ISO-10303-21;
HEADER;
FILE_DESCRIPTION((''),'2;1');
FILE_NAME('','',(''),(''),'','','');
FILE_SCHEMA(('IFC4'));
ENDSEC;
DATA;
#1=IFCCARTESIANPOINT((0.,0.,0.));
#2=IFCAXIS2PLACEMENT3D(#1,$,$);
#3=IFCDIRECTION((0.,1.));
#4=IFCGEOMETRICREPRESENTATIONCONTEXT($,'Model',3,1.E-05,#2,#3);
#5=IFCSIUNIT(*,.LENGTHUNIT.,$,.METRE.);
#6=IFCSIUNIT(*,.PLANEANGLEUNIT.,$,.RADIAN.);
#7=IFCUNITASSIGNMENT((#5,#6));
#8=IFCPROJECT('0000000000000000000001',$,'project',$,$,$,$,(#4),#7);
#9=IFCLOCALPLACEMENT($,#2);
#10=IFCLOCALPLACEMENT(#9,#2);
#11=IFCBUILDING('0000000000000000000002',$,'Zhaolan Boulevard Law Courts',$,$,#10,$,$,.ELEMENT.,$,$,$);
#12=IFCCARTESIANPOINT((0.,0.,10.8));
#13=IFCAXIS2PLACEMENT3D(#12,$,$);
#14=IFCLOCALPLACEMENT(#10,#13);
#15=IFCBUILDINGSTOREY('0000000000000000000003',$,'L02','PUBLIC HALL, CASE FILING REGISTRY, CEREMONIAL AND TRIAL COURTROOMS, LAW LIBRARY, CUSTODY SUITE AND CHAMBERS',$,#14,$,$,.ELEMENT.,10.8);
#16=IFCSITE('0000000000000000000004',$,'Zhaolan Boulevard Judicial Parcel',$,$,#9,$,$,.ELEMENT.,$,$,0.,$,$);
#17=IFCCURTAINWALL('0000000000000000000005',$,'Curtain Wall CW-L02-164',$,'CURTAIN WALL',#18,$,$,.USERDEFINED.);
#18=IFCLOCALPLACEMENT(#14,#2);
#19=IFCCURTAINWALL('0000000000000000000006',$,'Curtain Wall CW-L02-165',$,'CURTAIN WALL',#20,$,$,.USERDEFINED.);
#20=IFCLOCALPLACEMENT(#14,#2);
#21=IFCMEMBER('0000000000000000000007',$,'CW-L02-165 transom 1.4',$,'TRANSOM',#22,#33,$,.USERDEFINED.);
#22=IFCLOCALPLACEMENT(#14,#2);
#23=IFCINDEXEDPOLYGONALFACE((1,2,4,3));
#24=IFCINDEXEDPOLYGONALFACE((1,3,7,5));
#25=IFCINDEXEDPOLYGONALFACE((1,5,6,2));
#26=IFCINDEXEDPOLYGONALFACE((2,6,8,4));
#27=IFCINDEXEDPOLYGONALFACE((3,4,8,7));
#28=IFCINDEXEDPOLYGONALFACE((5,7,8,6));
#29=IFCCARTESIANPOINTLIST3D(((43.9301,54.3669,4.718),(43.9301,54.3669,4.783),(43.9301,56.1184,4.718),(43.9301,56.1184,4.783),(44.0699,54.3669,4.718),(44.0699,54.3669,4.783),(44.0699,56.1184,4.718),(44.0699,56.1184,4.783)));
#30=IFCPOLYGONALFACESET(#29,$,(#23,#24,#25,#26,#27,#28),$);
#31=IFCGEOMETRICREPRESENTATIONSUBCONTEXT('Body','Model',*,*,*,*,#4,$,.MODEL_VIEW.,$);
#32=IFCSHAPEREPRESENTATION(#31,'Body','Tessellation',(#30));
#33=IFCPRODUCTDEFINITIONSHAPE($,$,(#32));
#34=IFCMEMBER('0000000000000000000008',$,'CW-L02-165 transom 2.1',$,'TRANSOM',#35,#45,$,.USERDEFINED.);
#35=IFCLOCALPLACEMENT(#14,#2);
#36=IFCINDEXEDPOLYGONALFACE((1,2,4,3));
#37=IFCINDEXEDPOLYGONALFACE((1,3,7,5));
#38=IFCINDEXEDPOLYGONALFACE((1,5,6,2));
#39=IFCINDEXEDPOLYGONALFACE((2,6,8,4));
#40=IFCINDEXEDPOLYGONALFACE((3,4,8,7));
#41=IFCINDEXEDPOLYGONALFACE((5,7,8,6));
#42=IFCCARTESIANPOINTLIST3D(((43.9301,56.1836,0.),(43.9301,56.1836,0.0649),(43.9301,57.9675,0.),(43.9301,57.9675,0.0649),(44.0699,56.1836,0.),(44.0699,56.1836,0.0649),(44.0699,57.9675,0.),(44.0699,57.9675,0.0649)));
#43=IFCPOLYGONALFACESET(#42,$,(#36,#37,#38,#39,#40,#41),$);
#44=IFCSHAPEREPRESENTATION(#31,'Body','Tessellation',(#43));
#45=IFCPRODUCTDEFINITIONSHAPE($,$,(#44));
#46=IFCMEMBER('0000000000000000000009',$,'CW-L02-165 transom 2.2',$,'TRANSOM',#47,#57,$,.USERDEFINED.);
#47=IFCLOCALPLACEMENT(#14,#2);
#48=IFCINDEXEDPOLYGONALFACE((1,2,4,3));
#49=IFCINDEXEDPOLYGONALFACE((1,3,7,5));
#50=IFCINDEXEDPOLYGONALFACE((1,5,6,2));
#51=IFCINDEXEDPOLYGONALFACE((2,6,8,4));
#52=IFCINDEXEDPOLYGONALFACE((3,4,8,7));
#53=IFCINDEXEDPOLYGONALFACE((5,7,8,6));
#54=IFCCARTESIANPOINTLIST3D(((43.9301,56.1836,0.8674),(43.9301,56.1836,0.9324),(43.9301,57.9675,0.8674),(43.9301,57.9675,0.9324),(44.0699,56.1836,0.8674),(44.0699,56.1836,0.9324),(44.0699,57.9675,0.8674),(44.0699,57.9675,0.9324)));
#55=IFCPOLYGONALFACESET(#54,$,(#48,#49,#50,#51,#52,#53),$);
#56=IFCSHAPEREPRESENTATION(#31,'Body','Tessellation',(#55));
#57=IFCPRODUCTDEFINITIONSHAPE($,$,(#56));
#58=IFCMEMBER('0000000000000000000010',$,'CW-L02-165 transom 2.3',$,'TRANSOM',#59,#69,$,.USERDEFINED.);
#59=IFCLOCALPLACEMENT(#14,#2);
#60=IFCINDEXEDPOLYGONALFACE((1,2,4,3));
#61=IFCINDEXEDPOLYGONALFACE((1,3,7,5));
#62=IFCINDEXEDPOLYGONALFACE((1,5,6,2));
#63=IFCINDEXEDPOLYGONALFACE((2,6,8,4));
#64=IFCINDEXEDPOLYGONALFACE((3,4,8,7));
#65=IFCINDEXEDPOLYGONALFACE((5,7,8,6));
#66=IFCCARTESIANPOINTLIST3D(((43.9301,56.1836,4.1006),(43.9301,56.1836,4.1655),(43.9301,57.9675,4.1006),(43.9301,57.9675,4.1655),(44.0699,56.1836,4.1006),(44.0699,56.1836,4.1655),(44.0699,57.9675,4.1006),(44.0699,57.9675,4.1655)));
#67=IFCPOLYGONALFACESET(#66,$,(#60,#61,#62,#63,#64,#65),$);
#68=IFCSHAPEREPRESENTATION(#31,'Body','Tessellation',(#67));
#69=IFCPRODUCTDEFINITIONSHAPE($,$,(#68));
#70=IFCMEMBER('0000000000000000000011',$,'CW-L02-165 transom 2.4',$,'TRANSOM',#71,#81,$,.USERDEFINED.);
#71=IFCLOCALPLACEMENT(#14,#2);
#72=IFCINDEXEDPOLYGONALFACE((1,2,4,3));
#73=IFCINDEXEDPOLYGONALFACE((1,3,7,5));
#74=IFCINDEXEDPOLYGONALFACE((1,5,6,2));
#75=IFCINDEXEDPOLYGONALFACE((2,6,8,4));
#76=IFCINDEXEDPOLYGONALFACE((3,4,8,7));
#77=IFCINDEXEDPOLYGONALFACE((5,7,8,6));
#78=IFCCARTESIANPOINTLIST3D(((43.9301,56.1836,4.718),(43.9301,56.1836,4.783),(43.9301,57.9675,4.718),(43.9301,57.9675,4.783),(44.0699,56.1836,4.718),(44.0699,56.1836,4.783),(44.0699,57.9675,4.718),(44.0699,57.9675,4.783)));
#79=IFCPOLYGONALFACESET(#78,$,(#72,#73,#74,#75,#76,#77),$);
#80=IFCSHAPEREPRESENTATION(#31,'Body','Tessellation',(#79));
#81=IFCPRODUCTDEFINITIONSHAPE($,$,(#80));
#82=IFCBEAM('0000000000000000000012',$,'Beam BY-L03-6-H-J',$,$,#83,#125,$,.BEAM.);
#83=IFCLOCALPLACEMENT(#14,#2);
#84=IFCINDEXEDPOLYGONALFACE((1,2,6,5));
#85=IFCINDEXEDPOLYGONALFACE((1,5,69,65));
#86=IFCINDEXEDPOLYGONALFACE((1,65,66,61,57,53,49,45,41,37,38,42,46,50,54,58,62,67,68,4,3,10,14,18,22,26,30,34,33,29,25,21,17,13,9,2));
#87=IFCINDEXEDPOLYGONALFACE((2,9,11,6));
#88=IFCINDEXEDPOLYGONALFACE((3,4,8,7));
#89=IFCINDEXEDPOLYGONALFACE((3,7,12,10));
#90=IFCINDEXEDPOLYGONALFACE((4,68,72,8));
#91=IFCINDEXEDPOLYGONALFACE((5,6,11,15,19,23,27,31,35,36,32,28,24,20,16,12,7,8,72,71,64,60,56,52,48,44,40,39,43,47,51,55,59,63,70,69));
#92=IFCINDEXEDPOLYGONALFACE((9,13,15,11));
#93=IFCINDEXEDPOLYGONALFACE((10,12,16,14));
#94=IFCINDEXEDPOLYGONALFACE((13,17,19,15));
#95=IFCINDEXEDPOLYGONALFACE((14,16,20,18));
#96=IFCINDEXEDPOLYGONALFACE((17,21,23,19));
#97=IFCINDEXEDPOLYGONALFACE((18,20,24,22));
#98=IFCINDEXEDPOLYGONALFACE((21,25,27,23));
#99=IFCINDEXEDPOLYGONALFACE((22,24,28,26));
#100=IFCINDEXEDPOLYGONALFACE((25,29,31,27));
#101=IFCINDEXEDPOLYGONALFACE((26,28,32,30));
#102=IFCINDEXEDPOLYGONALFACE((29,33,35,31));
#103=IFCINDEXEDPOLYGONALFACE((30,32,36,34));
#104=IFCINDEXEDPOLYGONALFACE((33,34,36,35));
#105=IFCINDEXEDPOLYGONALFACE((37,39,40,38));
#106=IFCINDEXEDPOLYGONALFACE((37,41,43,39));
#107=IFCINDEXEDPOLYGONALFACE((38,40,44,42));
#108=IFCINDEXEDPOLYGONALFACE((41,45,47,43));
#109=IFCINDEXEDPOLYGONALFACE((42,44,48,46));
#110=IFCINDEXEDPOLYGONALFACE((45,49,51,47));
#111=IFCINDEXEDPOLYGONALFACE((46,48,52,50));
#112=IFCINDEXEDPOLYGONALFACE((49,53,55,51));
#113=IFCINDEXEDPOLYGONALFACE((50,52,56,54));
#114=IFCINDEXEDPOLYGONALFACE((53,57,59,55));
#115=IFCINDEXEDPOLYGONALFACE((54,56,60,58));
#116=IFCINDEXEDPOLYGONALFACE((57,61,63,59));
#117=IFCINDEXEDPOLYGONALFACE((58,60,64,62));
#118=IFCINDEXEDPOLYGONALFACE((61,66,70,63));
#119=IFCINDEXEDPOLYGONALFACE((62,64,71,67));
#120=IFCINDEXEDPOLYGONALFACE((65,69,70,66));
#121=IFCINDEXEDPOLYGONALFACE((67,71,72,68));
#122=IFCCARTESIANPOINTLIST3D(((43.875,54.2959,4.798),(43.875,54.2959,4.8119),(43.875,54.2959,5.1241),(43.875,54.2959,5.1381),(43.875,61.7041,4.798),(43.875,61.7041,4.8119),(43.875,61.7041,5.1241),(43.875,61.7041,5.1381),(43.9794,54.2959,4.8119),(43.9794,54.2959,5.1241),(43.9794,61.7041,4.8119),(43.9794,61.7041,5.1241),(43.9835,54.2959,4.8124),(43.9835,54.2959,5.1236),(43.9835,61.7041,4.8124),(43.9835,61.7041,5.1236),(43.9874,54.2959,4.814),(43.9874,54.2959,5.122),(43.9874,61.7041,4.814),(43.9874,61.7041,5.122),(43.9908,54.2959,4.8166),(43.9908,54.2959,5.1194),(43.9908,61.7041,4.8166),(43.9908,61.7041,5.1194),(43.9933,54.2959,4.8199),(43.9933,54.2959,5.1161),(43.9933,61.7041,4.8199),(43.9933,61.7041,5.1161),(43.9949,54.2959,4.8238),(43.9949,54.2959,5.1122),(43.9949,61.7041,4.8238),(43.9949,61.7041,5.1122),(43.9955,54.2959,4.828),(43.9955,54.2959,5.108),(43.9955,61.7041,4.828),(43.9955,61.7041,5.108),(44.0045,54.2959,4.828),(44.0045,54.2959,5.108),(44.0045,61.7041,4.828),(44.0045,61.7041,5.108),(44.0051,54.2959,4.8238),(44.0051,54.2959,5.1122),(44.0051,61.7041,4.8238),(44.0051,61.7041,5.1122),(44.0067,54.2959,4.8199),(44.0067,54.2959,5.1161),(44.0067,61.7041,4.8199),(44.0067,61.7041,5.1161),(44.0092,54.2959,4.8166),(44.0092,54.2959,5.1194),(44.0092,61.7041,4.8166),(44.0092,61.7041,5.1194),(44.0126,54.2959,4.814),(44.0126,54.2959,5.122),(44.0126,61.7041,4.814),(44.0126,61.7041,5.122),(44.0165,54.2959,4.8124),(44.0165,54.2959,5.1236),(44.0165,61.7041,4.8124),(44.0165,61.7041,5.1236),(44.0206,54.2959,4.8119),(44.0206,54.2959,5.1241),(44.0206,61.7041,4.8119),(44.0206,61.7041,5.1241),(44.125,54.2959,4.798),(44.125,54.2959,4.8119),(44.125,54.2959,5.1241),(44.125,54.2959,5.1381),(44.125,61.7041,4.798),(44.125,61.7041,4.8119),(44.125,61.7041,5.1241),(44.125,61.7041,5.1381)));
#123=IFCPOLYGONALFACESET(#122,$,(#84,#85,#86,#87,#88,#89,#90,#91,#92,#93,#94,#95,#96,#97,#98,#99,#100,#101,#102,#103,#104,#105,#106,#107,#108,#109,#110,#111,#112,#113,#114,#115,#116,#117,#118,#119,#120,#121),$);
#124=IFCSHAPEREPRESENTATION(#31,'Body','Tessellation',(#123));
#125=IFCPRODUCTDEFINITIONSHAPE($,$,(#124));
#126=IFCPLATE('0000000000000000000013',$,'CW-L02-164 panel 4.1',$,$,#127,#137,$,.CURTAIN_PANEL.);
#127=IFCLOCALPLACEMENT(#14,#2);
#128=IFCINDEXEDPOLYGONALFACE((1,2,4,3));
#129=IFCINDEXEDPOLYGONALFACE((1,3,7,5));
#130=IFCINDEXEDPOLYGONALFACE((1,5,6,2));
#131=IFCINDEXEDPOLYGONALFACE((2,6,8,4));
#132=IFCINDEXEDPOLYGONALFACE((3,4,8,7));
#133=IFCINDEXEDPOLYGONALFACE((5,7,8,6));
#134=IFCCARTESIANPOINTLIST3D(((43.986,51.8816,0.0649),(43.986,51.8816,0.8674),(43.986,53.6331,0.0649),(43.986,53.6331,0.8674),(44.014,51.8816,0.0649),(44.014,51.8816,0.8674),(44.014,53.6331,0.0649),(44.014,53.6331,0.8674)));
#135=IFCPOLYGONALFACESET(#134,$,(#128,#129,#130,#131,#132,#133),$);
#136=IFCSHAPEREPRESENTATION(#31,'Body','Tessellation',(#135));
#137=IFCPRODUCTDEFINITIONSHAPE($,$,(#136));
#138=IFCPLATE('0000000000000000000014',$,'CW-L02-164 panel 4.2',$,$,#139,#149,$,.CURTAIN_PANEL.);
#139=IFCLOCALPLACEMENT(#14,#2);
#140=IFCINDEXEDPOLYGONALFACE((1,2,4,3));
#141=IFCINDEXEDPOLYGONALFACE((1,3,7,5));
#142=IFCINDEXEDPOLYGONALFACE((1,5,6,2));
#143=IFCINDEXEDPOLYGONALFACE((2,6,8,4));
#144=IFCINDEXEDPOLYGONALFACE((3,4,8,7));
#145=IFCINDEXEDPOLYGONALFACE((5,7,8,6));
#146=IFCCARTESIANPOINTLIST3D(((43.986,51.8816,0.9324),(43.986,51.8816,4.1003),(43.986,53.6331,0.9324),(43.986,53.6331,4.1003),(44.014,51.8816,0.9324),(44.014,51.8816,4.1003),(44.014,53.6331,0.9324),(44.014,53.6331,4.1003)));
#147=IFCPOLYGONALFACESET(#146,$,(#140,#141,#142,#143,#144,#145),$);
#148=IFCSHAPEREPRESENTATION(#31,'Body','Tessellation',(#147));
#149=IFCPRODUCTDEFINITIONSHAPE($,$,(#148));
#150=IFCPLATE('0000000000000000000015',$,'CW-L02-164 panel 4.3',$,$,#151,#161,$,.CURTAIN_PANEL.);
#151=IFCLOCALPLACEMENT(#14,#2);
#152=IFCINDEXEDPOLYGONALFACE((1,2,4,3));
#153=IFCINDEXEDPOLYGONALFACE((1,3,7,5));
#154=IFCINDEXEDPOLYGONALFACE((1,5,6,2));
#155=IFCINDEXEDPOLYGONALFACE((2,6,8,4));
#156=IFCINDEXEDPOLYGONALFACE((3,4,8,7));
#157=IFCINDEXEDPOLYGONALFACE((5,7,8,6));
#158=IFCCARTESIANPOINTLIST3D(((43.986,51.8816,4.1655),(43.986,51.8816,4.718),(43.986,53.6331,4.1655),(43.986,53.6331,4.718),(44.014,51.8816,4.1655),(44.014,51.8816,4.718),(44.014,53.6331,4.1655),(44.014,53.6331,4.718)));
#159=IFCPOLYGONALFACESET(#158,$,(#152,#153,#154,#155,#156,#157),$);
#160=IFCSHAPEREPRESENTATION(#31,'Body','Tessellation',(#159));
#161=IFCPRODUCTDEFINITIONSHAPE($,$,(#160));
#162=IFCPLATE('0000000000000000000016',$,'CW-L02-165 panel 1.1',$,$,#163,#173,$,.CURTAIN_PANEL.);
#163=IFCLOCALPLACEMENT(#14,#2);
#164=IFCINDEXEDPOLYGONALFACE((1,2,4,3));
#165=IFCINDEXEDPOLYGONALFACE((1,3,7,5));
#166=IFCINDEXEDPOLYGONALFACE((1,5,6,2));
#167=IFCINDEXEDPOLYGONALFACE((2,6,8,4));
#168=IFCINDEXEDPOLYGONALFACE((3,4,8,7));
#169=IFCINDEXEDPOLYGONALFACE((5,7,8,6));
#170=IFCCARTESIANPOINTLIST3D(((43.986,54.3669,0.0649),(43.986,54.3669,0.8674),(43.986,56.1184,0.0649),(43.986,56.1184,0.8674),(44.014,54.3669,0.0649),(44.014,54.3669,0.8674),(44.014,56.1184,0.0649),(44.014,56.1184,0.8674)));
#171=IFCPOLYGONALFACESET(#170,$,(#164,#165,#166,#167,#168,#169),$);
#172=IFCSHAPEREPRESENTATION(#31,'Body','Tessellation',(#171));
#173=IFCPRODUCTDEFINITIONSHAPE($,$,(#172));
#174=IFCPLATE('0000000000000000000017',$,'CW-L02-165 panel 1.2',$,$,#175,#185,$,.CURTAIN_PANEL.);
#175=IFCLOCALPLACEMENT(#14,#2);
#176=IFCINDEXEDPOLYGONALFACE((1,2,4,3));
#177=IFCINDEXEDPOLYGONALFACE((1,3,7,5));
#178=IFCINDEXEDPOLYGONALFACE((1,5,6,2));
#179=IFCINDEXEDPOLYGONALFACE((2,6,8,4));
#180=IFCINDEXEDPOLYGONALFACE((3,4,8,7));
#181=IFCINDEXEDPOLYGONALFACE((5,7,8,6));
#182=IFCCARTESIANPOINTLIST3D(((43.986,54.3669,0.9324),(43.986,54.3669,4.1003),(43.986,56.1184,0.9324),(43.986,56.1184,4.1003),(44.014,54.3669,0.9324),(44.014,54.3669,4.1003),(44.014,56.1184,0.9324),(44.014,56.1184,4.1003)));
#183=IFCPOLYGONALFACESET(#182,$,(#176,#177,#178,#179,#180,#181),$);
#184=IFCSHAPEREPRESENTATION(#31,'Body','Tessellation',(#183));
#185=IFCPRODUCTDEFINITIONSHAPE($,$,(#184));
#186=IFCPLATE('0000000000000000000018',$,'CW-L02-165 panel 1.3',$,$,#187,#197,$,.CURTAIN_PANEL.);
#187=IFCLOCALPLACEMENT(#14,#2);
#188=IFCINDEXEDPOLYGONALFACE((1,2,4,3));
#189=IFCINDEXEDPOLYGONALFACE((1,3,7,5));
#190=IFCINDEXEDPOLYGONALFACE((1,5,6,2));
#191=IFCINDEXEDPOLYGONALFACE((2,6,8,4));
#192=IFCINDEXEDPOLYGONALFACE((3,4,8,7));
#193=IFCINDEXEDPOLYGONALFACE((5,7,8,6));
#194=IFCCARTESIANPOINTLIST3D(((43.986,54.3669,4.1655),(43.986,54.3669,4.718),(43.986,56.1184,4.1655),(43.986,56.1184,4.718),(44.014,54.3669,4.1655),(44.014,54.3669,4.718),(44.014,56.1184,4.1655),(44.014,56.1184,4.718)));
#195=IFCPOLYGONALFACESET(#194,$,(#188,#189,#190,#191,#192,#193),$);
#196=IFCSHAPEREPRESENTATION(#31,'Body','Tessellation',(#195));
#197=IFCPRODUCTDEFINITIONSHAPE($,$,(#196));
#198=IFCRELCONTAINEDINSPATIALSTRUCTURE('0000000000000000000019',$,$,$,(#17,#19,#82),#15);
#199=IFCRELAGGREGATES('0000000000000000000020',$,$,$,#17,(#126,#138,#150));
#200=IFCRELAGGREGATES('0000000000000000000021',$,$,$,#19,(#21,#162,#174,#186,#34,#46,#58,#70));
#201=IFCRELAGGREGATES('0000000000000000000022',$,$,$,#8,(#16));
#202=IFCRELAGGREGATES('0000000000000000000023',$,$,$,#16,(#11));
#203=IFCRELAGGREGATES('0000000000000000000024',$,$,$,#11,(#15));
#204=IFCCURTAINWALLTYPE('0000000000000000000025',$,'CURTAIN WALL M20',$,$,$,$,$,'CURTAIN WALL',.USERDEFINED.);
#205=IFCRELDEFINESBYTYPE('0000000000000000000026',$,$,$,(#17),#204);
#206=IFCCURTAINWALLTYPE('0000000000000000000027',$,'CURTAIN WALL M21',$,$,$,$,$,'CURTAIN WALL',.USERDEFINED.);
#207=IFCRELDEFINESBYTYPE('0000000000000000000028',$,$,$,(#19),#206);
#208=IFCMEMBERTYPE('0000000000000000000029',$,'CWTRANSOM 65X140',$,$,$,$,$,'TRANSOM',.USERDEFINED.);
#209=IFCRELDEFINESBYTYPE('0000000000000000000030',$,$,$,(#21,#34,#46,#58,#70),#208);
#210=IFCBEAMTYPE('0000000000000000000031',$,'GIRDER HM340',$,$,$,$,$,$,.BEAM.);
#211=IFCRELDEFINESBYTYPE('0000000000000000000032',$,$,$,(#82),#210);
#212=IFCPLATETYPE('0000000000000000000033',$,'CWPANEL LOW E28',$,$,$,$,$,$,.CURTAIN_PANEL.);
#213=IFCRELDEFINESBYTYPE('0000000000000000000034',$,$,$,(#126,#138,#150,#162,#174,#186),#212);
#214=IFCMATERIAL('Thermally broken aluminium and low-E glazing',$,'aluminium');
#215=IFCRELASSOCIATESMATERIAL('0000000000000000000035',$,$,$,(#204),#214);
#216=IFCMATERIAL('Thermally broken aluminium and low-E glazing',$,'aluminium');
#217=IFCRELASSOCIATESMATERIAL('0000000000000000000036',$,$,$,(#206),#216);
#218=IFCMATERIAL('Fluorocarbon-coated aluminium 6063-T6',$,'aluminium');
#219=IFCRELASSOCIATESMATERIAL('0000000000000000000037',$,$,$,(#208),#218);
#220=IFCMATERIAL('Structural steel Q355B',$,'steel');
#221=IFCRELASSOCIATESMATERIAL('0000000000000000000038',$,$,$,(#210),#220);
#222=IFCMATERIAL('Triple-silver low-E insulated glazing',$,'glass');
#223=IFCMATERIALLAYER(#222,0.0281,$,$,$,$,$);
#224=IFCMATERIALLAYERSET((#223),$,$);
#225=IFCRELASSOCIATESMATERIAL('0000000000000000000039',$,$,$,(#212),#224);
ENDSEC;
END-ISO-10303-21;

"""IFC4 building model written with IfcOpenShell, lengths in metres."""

from ifc_helpers import new_model, si_unit, direction, frame, origin, origin_2d, place, context, subcontext, project, spatial, rectangle, i_section, extrude, material, layer, layer_set, material_profile, profile_set, type_object, element, aggregate, save


model = new_model("IFC4")

# Units and contexts
model_context = context("Model", 3, precision=1e-05, world=origin(), true_north=direction((0.0, 1.0)))
body_context = subcontext(model_context, "Body", "Model", "MODEL_VIEW")
ifc_project = project(units=[si_unit("LENGTHUNIT", "METRE"), si_unit("PLANEANGLEUNIT", "RADIAN")], contexts=[model_context])

# Site, building, storey
site_placement = place(None, origin())
site = spatial("IfcSite", under=ifc_project, at=site_placement, Name="Zhaolan Boulevard Judicial Parcel", CompositionType="ELEMENT", RefElevation=0.0)
building_placement = place(site_placement, origin())
building = spatial("IfcBuilding", under=site, at=building_placement, Name="Zhaolan Boulevard Law Courts", CompositionType="ELEMENT")
storey_placement = place(building_placement, frame((0.0, 0.0, 10.8)))
storey = spatial("IfcBuildingStorey", under=building, at=storey_placement, Name="L02", Description="PUBLIC HALL, CASE FILING REGISTRY, CEREMONIAL AND TRIAL COURTROOMS, LAW LIBRARY, CUSTODY SUITE AND CHAMBERS", CompositionType="ELEMENT", Elevation=10.8)

# Curtain wall
ifc_material_1 = material(Name="Thermally broken aluminium and low-E glazing", Category="aluminium")
curtain_wall_type_1 = type_object("IfcCurtainWallType", Name="CURTAIN WALL M20", ElementType="CURTAIN WALL", PredefinedType="USERDEFINED", material=ifc_material_1)
curtain_wall_1_placement = place(storey_placement, origin())
curtain_wall_1 = element("IfcCurtainWall", 1, at=curtain_wall_1_placement, inside=storey, type_object=curtain_wall_type_1, Name="Curtain Wall CW-L02-164", ObjectType="CURTAIN WALL", PredefinedType="USERDEFINED")

# Curtain wall
ifc_material_2 = material(Name="Thermally broken aluminium and low-E glazing", Category="aluminium")
curtain_wall_type_2 = type_object("IfcCurtainWallType", Name="CURTAIN WALL M21", ElementType="CURTAIN WALL", PredefinedType="USERDEFINED", material=ifc_material_2)
curtain_wall_2_placement = place(storey_placement, origin())
curtain_wall_2 = element("IfcCurtainWall", 2, at=curtain_wall_2_placement, inside=storey, type_object=curtain_wall_type_2, Name="Curtain Wall CW-L02-165", ObjectType="CURTAIN WALL", PredefinedType="USERDEFINED")

# Members
ifc_material_3 = material(Name="Fluorocarbon-coated aluminium 6063-T6", Category="aluminium")
ifc_material_profile_1 = material_profile(ifc_material_3, rectangle(XDim=0.1399, YDim=0.0649, at=origin_2d()), Name="AL65x140")
ifc_profile_set_1 = profile_set([ifc_material_profile_1], Name="Fluorocarbon-coated aluminium 6063-T6")
member_type_1 = type_object("IfcMemberType", Name="CWTRANSOM 65X140", ElementType="TRANSOM", PredefinedType="USERDEFINED", material=ifc_profile_set_1)
member_1_placement = place(storey_placement, frame((44.0, 54.3669, 4.7505), z_axis=(0.0, 1.0, 0.0), x_axis=(-1.0, 0.0, 0.0)))
member_1 = element("IfcMember", 3, at=member_1_placement, type_object=member_type_1, Name="CW-L02-165 transom 1.4", ObjectType="TRANSOM", PredefinedType="USERDEFINED", context=body_context, shape_type="SweptSolid", body=[
    extrude(rectangle(XDim=0.1399, YDim=0.0649, at=origin_2d()), origin(), (0.0, 0.0, 1.0), 1.7515),
])
member_2_placement = place(storey_placement, frame((44.0, 56.1836, 0.0325), z_axis=(0.0, 1.0, 0.0), x_axis=(-1.0, 0.0, 0.0)))
member_2 = element("IfcMember", 4, at=member_2_placement, type_object=member_type_1, Name="CW-L02-165 transom 2.1", ObjectType="TRANSOM", PredefinedType="USERDEFINED", context=body_context, shape_type="SweptSolid", body=[
    extrude(rectangle(XDim=0.1399, YDim=0.0649, at=origin_2d()), origin(), (0.0, 0.0, 1.0), 1.7839),
])
member_3_placement = place(storey_placement, frame((44.0, 56.1836, 0.8999), z_axis=(0.0, 1.0, 0.0), x_axis=(-1.0, 0.0, 0.0)))
member_3 = element("IfcMember", 5, at=member_3_placement, type_object=member_type_1, Name="CW-L02-165 transom 2.2", ObjectType="TRANSOM", PredefinedType="USERDEFINED", context=body_context, shape_type="SweptSolid", body=[
    extrude(rectangle(XDim=0.1399, YDim=0.0649, at=origin_2d()), origin(), (0.0, 0.0, 1.0), 1.7839),
])
member_4_placement = place(storey_placement, frame((44.0, 56.1836, 4.1331), z_axis=(0.0, 1.0, 0.0), x_axis=(-1.0, 0.0, 0.0)))
member_4 = element("IfcMember", 6, at=member_4_placement, type_object=member_type_1, Name="CW-L02-165 transom 2.3", ObjectType="TRANSOM", PredefinedType="USERDEFINED", context=body_context, shape_type="SweptSolid", body=[
    extrude(rectangle(XDim=0.1399, YDim=0.0649, at=origin_2d()), origin(), (0.0, 0.0, 1.0), 1.7839),
])
member_5_placement = place(storey_placement, frame((44.0, 56.1836, 4.7505), z_axis=(0.0, 1.0, 0.0), x_axis=(-1.0, 0.0, 0.0)))
member_5 = element("IfcMember", 7, at=member_5_placement, type_object=member_type_1, Name="CW-L02-165 transom 2.4", ObjectType="TRANSOM", PredefinedType="USERDEFINED", context=body_context, shape_type="SweptSolid", body=[
    extrude(rectangle(XDim=0.1399, YDim=0.0649, at=origin_2d()), origin(), (0.0, 0.0, 1.0), 1.7839),
])

# Beam
ifc_material_4 = material(Name="Structural steel Q355B", Category="steel")
ifc_material_profile_2 = material_profile(ifc_material_4, i_section(OverallWidth=0.25, OverallDepth=0.3401, WebThickness=0.009, FlangeThickness=0.0139, FilletRadius=0.0161, at=origin_2d()), Name="HM340x250")
ifc_profile_set_2 = profile_set([ifc_material_profile_2], Name="Structural steel Q355B")
beam_type = type_object("IfcBeamType", Name="GIRDER HM340", PredefinedType="BEAM", material=ifc_profile_set_2)
beam_placement = place(storey_placement, frame((44.0, 54.2959, 4.968), z_axis=(0.0, 1.0, 0.0), x_axis=(-1.0, 0.0, 0.0)))
element("IfcBeam", 8, at=beam_placement, inside=storey, type_object=beam_type, Name="Beam BY-L03-6-H-J", PredefinedType="BEAM", context=body_context, shape_type="SweptSolid", body=[
    extrude(i_section(OverallWidth=0.25, OverallDepth=0.3401, WebThickness=0.009, FlangeThickness=0.0139, FilletRadius=0.0161, at=origin_2d()), origin(), (0.0, 0.0, 1.0), 7.4082),
])

# Plates
ifc_material_5 = material(Name="Triple-silver low-E insulated glazing", Category="glass")
ifc_layer_1 = layer(ifc_material_5, 0.0281)
ifc_layer_set_1 = layer_set([ifc_layer_1])
plate_type_1 = type_object("IfcPlateType", Name="CWPANEL LOW E28", PredefinedType="CURTAIN_PANEL", material=ifc_layer_set_1)
plate_1_placement = place(storey_placement, frame((44.0, 52.7573, 0.0649), z_axis=(0.0, 0.0, 1.0), x_axis=(0.0, 1.0, 0.0)))
plate_1 = element("IfcPlate", 9, at=plate_1_placement, type_object=plate_type_1, Name="CW-L02-164 panel 4.1", PredefinedType="CURTAIN_PANEL", context=body_context, shape_type="SweptSolid", body=[
    extrude(rectangle(XDim=1.7515, YDim=0.0281, at=origin_2d()), origin(), (0.0, 0.0, 1.0), 0.8025),
])
plate_2_placement = place(storey_placement, frame((44.0, 52.7573, 0.9324), z_axis=(0.0, 0.0, 1.0), x_axis=(0.0, 1.0, 0.0)))
plate_2 = element("IfcPlate", 10, at=plate_2_placement, type_object=plate_type_1, Name="CW-L02-164 panel 4.2", PredefinedType="CURTAIN_PANEL", context=body_context, shape_type="SweptSolid", body=[
    extrude(rectangle(XDim=1.7515, YDim=0.0281, at=origin_2d()), origin(), (0.0, 0.0, 1.0), 3.168),
])
plate_3_placement = place(storey_placement, frame((44.0, 52.7573, 4.1655), z_axis=(0.0, 0.0, 1.0), x_axis=(0.0, 1.0, 0.0)))
plate_3 = element("IfcPlate", 11, at=plate_3_placement, type_object=plate_type_1, Name="CW-L02-164 panel 4.3", PredefinedType="CURTAIN_PANEL", context=body_context, shape_type="SweptSolid", body=[
    extrude(rectangle(XDim=1.7515, YDim=0.0281, at=origin_2d()), origin(), (0.0, 0.0, 1.0), 0.5525),
])
aggregate(curtain_wall_1, [plate_1, plate_2, plate_3])
plate_4_placement = place(storey_placement, frame((44.0, 55.2427, 0.0649), z_axis=(0.0, 0.0, 1.0), x_axis=(0.0, 1.0, 0.0)))
plate_4 = element("IfcPlate", 12, at=plate_4_placement, type_object=plate_type_1, Name="CW-L02-165 panel 1.1", PredefinedType="CURTAIN_PANEL", context=body_context, shape_type="SweptSolid", body=[
    extrude(rectangle(XDim=1.7515, YDim=0.0281, at=origin_2d()), origin(), (0.0, 0.0, 1.0), 0.8025),
])
plate_5_placement = place(storey_placement, frame((44.0, 55.2427, 0.9324), z_axis=(0.0, 0.0, 1.0), x_axis=(0.0, 1.0, 0.0)))
plate_5 = element("IfcPlate", 13, at=plate_5_placement, type_object=plate_type_1, Name="CW-L02-165 panel 1.2", PredefinedType="CURTAIN_PANEL", context=body_context, shape_type="SweptSolid", body=[
    extrude(rectangle(XDim=1.7515, YDim=0.0281, at=origin_2d()), origin(), (0.0, 0.0, 1.0), 3.168),
])
plate_6_placement = place(storey_placement, frame((44.0, 55.2427, 4.1655), z_axis=(0.0, 0.0, 1.0), x_axis=(0.0, 1.0, 0.0)))
plate_6 = element("IfcPlate", 14, at=plate_6_placement, type_object=plate_type_1, Name="CW-L02-165 panel 1.3", PredefinedType="CURTAIN_PANEL", context=body_context, shape_type="SweptSolid", body=[
    extrude(rectangle(XDim=1.7515, YDim=0.0281, at=origin_2d()), origin(), (0.0, 0.0, 1.0), 0.5525),
])
aggregate(curtain_wall_2, [member_1, plate_4, plate_5, plate_6, member_2, member_3, member_4, member_5])

save(model, "model.ifc")
